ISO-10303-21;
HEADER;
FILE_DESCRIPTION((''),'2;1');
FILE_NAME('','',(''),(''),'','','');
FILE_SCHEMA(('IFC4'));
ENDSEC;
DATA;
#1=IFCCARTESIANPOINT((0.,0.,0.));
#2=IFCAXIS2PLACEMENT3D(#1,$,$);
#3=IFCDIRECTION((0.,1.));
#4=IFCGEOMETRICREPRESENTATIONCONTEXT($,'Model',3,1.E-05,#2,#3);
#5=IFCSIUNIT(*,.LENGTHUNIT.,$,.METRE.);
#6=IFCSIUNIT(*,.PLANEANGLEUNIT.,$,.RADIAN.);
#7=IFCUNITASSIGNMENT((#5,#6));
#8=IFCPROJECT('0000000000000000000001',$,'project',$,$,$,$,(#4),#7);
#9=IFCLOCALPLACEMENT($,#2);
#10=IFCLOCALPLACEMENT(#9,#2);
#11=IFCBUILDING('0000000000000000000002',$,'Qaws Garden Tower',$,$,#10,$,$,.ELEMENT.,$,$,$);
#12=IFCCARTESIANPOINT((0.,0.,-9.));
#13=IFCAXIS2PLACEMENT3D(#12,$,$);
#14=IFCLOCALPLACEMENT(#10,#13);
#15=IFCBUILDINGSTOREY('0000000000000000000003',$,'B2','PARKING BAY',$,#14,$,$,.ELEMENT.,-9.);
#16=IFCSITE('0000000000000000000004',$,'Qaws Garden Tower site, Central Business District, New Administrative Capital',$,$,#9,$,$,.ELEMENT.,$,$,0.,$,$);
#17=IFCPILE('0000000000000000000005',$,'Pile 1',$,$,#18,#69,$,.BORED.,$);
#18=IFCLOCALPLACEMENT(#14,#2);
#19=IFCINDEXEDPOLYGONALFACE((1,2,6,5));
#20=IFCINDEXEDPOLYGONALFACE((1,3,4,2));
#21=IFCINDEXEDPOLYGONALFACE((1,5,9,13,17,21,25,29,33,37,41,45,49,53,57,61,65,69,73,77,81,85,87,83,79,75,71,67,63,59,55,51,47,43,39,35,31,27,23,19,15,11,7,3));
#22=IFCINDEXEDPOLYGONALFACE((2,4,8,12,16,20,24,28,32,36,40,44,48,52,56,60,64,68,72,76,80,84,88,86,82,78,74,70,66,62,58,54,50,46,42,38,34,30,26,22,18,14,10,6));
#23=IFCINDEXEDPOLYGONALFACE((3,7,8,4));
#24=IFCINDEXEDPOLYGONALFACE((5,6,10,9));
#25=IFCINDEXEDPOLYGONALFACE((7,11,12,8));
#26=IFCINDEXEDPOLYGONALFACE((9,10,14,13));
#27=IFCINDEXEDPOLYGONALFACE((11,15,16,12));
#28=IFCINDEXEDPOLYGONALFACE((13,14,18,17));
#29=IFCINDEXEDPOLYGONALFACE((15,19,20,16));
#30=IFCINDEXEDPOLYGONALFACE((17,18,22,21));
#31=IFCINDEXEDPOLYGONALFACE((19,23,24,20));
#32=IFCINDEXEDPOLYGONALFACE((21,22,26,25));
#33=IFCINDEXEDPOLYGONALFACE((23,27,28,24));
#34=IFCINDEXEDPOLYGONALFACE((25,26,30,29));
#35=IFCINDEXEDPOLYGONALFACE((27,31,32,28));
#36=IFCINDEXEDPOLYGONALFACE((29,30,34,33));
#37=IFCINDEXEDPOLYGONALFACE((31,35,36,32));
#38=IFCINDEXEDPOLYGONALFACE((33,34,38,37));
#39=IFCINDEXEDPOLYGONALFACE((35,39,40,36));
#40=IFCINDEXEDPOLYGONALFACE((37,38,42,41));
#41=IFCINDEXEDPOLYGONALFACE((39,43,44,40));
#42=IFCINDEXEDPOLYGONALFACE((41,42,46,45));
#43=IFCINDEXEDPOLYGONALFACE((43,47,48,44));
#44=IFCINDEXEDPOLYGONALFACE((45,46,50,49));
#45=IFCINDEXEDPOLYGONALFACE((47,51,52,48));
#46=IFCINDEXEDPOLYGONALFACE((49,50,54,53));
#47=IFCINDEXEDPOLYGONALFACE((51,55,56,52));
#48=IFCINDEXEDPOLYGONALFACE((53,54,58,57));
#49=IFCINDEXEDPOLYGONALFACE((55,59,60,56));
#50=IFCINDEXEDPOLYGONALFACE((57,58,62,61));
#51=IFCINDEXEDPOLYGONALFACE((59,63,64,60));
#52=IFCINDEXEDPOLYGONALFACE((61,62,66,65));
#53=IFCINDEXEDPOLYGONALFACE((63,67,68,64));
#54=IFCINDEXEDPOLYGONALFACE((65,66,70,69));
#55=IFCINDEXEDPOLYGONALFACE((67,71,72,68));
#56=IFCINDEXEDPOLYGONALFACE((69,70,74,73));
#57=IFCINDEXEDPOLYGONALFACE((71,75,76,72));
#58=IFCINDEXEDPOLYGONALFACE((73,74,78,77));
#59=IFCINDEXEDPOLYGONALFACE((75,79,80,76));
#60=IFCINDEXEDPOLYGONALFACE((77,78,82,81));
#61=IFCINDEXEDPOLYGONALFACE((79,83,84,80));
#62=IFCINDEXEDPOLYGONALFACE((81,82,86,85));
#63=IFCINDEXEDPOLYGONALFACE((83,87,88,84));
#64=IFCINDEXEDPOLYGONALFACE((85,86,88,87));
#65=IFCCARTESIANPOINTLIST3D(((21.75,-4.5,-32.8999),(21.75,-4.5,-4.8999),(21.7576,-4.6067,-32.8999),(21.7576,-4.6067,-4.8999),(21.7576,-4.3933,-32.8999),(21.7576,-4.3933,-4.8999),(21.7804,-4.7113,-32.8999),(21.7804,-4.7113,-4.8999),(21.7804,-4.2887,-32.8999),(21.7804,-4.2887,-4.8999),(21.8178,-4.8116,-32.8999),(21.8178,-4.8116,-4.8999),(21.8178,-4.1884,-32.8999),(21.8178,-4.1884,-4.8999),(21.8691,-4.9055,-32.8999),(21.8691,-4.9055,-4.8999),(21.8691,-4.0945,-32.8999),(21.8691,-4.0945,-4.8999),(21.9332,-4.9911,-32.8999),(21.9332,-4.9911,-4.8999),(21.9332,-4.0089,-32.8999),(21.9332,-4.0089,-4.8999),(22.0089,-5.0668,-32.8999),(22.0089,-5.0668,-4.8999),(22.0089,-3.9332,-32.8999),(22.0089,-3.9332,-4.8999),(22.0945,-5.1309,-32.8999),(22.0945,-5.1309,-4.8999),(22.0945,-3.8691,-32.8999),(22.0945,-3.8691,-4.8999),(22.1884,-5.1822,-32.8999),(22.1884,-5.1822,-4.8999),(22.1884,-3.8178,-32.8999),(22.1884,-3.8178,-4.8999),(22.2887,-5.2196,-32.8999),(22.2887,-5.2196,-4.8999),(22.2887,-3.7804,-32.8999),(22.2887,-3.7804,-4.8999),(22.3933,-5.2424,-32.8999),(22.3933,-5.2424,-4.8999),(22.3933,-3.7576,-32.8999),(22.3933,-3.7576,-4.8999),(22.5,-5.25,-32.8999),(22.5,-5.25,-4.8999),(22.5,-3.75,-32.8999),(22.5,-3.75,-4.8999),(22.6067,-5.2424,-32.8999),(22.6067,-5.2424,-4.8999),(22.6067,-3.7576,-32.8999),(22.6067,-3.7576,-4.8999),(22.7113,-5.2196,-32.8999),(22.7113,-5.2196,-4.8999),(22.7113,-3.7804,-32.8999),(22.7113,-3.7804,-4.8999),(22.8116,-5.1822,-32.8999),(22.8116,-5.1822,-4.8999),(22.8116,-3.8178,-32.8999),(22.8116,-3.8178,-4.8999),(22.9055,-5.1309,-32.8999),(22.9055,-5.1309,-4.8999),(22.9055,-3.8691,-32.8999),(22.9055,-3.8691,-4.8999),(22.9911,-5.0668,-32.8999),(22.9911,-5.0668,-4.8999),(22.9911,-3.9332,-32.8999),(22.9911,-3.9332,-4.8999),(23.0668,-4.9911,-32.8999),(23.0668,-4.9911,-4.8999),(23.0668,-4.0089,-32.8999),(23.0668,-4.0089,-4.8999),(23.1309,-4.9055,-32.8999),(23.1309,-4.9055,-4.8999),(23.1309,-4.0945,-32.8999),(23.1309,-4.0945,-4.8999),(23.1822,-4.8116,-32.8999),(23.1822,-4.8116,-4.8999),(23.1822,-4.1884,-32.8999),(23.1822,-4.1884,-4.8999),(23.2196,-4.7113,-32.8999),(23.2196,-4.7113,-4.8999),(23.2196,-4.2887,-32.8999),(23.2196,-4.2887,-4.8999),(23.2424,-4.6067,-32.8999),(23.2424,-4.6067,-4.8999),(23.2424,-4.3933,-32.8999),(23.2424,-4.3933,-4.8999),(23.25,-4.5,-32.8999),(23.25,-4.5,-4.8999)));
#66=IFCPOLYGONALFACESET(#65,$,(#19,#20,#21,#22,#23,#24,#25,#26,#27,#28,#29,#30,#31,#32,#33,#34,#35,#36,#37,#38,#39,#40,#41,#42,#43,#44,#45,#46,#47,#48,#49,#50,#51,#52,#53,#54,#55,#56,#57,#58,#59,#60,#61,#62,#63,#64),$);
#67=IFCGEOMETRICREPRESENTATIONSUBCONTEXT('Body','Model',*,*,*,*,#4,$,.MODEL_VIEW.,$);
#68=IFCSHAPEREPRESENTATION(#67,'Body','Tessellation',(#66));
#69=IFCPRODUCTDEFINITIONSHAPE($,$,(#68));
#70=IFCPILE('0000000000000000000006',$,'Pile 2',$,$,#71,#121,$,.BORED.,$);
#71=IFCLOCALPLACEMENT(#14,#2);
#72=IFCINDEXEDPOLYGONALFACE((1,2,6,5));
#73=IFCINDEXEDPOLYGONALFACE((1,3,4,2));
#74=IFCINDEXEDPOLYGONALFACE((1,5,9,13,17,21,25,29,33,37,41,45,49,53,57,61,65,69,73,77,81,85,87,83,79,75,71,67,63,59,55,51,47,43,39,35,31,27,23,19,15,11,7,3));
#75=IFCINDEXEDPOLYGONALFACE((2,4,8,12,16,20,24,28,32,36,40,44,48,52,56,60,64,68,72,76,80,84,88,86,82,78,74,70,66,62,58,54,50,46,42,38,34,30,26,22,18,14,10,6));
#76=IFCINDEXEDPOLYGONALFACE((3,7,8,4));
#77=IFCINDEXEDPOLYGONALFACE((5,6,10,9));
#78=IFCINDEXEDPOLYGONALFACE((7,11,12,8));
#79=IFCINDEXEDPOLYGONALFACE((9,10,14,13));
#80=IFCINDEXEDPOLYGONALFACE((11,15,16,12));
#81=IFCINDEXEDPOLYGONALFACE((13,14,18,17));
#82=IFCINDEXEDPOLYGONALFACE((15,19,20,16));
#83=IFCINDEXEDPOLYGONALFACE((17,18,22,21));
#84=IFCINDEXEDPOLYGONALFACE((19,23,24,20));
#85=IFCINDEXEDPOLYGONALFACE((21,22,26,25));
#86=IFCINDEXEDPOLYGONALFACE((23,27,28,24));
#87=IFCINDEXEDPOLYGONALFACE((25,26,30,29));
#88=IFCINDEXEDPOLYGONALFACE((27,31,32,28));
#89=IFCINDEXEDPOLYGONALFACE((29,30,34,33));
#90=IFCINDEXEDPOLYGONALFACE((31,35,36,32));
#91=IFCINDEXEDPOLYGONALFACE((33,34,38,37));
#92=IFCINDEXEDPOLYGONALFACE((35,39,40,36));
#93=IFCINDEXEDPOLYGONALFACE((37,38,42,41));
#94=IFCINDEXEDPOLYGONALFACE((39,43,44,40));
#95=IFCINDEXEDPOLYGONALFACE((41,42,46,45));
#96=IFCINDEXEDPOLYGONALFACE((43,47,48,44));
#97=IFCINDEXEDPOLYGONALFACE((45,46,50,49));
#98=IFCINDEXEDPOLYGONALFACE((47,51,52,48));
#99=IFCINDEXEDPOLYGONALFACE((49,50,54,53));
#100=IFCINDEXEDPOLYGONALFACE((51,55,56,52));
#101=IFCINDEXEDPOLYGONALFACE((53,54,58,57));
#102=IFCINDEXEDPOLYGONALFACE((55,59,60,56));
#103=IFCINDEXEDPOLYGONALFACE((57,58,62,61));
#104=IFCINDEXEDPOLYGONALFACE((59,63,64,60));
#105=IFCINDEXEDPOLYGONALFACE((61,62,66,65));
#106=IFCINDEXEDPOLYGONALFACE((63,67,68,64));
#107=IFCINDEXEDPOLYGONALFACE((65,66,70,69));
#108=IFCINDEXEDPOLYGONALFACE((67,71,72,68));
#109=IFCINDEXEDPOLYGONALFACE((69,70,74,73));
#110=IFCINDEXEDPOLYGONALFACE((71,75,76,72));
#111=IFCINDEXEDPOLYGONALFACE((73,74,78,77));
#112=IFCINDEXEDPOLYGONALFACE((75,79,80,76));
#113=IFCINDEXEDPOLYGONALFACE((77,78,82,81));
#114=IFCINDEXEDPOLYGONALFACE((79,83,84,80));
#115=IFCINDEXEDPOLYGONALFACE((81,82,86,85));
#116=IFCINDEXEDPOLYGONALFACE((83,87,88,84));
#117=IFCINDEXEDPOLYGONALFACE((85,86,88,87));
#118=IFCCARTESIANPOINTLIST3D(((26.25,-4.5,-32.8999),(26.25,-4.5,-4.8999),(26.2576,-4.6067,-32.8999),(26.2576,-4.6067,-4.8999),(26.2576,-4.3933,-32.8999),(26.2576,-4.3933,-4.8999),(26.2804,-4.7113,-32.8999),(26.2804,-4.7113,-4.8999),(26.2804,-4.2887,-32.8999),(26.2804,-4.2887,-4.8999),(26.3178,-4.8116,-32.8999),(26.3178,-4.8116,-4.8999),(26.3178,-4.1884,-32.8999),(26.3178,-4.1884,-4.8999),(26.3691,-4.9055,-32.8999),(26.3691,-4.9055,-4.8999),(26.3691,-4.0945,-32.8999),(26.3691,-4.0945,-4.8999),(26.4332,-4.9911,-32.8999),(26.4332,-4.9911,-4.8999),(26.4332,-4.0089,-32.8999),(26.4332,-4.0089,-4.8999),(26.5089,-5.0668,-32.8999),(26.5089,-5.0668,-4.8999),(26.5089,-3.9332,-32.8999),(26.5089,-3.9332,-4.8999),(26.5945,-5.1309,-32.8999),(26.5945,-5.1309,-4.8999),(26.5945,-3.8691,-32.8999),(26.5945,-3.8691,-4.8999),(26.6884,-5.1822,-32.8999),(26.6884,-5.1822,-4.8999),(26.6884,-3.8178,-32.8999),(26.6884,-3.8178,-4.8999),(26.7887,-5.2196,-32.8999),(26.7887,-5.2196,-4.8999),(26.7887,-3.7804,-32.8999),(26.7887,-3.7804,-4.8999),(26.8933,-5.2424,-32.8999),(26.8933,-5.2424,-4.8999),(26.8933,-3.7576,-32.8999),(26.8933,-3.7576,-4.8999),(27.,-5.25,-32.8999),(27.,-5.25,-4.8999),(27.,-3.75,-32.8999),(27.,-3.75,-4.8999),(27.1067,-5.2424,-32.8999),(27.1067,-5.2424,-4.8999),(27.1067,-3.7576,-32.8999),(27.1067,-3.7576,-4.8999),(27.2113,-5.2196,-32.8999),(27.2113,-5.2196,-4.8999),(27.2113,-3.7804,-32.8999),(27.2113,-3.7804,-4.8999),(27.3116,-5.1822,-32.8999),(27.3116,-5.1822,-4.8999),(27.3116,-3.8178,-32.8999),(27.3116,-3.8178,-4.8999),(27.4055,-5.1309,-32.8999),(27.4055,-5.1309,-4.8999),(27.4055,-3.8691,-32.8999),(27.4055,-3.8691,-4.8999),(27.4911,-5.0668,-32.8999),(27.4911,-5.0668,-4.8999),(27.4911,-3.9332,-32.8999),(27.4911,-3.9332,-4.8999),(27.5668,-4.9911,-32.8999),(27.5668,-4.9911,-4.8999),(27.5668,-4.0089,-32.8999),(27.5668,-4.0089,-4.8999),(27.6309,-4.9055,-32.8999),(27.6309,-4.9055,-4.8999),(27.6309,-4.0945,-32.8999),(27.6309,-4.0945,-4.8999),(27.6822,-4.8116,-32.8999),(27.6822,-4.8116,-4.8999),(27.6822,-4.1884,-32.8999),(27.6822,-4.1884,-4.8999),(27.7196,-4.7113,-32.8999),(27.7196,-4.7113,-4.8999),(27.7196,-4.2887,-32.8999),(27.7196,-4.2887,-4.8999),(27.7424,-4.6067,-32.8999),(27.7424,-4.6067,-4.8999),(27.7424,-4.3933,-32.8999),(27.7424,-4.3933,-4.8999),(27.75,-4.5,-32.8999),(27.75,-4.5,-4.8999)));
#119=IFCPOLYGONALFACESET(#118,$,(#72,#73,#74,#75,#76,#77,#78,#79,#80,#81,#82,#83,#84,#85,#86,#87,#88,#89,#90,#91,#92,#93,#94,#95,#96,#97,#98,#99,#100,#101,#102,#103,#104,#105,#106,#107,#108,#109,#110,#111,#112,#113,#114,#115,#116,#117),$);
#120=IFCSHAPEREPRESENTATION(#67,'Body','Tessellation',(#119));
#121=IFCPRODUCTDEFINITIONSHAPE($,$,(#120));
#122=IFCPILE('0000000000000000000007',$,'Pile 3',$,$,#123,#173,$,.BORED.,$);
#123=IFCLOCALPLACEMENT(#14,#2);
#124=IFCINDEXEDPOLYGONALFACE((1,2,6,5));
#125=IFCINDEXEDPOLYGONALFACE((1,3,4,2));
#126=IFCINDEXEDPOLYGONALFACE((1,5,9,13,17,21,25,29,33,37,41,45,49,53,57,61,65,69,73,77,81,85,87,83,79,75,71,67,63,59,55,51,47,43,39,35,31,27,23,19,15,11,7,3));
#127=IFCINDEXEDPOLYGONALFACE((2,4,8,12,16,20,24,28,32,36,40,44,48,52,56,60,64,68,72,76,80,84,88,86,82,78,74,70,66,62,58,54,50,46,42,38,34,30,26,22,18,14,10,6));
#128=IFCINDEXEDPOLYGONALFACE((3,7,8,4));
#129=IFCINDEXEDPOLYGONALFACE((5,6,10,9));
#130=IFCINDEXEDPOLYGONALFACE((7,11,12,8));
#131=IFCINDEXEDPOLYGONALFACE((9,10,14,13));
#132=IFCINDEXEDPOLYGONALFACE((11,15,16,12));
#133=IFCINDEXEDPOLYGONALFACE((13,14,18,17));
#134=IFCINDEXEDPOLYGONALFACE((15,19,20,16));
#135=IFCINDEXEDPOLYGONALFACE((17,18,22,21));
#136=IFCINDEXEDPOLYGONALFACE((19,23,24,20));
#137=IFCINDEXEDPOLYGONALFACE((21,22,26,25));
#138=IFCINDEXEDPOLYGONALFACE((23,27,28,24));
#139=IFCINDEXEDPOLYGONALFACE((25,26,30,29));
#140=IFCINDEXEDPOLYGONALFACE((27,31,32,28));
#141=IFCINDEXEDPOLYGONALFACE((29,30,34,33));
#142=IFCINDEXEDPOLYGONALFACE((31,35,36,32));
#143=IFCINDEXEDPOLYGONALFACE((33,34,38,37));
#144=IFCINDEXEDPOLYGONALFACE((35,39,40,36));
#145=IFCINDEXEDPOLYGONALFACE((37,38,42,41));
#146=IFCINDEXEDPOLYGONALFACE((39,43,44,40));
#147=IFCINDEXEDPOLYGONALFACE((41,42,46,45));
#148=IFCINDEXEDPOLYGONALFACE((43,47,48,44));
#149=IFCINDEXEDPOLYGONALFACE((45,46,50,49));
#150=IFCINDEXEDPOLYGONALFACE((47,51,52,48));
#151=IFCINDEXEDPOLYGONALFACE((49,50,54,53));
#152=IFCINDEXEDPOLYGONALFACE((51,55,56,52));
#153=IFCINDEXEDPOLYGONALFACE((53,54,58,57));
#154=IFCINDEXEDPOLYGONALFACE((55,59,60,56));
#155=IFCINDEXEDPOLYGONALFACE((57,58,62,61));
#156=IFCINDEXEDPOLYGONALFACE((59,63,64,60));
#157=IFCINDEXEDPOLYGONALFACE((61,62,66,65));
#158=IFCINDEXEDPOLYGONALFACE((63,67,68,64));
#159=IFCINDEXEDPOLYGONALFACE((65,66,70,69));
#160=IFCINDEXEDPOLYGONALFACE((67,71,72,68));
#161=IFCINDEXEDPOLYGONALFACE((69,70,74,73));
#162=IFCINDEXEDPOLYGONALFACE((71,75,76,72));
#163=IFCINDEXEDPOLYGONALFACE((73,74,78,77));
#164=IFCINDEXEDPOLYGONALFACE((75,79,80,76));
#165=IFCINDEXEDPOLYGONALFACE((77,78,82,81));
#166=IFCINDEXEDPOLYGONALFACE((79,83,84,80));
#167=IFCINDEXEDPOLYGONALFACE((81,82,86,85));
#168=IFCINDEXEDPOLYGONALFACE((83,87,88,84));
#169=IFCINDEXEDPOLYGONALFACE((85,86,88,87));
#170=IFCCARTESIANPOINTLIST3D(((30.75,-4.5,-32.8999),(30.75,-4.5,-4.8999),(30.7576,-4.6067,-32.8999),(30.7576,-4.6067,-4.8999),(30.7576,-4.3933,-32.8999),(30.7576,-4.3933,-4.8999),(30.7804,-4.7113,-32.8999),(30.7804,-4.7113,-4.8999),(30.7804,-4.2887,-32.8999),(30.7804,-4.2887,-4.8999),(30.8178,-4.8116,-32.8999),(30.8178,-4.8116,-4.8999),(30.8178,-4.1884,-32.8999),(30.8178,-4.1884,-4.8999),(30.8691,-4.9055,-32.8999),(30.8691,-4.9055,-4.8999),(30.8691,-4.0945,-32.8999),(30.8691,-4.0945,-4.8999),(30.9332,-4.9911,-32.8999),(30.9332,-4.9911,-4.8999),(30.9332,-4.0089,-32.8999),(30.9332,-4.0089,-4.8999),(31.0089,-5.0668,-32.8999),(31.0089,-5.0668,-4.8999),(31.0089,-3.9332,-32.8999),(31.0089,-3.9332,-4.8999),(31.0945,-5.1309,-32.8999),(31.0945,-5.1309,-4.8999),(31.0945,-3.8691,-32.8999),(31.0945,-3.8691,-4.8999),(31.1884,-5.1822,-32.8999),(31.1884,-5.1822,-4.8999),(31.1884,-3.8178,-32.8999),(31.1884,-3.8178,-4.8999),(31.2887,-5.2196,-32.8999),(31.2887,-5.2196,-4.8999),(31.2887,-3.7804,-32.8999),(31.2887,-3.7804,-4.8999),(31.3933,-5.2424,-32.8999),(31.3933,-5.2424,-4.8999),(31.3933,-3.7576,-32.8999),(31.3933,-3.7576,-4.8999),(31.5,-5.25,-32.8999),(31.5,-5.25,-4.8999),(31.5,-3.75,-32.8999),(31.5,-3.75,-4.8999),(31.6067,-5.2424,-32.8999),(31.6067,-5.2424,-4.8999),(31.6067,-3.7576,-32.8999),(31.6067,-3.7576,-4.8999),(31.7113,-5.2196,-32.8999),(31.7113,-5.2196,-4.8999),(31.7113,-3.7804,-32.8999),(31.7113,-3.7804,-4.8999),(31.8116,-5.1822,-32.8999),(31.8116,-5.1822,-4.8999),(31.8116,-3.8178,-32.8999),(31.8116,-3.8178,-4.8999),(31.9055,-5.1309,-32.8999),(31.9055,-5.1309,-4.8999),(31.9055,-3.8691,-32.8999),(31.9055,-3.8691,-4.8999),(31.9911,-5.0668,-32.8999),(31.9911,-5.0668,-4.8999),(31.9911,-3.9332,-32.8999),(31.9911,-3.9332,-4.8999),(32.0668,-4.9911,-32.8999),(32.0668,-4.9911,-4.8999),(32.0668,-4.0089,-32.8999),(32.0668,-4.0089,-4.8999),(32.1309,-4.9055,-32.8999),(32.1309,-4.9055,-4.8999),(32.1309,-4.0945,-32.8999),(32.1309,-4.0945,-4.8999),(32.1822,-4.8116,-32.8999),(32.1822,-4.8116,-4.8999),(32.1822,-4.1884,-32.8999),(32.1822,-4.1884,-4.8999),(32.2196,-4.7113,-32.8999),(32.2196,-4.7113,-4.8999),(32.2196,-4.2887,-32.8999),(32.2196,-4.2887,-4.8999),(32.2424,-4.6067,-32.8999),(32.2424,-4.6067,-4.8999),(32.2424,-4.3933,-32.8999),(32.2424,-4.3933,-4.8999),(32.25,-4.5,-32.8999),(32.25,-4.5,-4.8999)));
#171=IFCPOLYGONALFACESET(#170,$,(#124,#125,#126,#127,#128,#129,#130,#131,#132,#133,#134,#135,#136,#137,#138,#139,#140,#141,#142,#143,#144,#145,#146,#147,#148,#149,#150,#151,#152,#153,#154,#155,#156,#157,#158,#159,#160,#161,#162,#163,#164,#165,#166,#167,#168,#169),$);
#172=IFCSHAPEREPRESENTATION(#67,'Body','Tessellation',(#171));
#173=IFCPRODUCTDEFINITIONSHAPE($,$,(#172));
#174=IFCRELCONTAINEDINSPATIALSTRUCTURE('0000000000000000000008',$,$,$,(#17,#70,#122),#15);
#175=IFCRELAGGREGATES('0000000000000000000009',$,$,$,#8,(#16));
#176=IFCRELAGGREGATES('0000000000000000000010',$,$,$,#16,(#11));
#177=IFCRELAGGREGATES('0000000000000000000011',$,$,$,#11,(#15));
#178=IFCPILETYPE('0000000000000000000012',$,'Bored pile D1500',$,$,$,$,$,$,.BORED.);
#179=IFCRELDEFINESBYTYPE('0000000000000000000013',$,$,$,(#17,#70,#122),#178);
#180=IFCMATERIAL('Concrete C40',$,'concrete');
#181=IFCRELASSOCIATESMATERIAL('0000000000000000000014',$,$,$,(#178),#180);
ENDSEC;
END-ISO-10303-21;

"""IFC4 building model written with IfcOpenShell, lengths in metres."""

from ifc_helpers import new_model, si_unit, direction, frame, origin, origin_2d, place, context, subcontext, project, spatial, circle, extrude, material, material_profile, profile_set, type_object, element, save


model = new_model("IFC4")

# Units and contexts
model_context = context("Model", 3, precision=1e-05, world=origin(), true_north=direction((0.0, 1.0)))
body_context = subcontext(model_context, "Body", "Model", "MODEL_VIEW")
ifc_project = project(units=[si_unit("LENGTHUNIT", "METRE"), si_unit("PLANEANGLEUNIT", "RADIAN")], contexts=[model_context])

# Site, building, storey
site_placement = place(None, origin())
site = spatial("IfcSite", under=ifc_project, at=site_placement, Name="Qaws Garden Tower site, Central Business District, New Administrative Capital", CompositionType="ELEMENT", RefElevation=0.0)
building_placement = place(site_placement, origin())
building = spatial("IfcBuilding", under=site, at=building_placement, Name="Qaws Garden Tower", CompositionType="ELEMENT")
storey_placement = place(building_placement, frame((0.0, 0.0, -9.0)))
storey = spatial("IfcBuildingStorey", under=building, at=storey_placement, Name="B2", Description="PARKING BAY", CompositionType="ELEMENT", Elevation=-9.0)

# Piles
ifc_material_1 = material(Name="Concrete C40", Category="concrete")
ifc_material_profile_1 = material_profile(ifc_material_1, circle(Radius=0.75, at=origin_2d()), Name="Bored pile D1500")
ifc_profile_set_1 = profile_set([ifc_material_profile_1], Name="Concrete C40")
pile_type = type_object("IfcPileType", Name="Bored pile D1500", PredefinedType="BORED", material=ifc_profile_set_1)
for number, where, z_axis, x_axis, name in (
    (1, (22.5, -4.5, -4.8999), (0.0, 0.0, -1.0), (1.0, 0.0, 0.0), "Pile 1"),
    (2, (27.0, -4.5, -4.8999), (0.0, 0.0, -1.0), (1.0, 0.0, 0.0), "Pile 2"),
    (3, (31.5, -4.5, -4.8999), (0.0, 0.0, -1.0), (1.0, 0.0, 0.0), "Pile 3"),
):
    element("IfcPile", number, at=place(storey_placement, frame(where, z_axis=z_axis, x_axis=x_axis)), inside=storey, type_object=pile_type, Name=name, PredefinedType="BORED", context=body_context, shape_type="SweptSolid", body=[
        extrude(circle(Radius=0.75, at=origin_2d()), origin(), (0.0, 0.0, 1.0), 28.0),
    ])

save(model, "model.ifc")
